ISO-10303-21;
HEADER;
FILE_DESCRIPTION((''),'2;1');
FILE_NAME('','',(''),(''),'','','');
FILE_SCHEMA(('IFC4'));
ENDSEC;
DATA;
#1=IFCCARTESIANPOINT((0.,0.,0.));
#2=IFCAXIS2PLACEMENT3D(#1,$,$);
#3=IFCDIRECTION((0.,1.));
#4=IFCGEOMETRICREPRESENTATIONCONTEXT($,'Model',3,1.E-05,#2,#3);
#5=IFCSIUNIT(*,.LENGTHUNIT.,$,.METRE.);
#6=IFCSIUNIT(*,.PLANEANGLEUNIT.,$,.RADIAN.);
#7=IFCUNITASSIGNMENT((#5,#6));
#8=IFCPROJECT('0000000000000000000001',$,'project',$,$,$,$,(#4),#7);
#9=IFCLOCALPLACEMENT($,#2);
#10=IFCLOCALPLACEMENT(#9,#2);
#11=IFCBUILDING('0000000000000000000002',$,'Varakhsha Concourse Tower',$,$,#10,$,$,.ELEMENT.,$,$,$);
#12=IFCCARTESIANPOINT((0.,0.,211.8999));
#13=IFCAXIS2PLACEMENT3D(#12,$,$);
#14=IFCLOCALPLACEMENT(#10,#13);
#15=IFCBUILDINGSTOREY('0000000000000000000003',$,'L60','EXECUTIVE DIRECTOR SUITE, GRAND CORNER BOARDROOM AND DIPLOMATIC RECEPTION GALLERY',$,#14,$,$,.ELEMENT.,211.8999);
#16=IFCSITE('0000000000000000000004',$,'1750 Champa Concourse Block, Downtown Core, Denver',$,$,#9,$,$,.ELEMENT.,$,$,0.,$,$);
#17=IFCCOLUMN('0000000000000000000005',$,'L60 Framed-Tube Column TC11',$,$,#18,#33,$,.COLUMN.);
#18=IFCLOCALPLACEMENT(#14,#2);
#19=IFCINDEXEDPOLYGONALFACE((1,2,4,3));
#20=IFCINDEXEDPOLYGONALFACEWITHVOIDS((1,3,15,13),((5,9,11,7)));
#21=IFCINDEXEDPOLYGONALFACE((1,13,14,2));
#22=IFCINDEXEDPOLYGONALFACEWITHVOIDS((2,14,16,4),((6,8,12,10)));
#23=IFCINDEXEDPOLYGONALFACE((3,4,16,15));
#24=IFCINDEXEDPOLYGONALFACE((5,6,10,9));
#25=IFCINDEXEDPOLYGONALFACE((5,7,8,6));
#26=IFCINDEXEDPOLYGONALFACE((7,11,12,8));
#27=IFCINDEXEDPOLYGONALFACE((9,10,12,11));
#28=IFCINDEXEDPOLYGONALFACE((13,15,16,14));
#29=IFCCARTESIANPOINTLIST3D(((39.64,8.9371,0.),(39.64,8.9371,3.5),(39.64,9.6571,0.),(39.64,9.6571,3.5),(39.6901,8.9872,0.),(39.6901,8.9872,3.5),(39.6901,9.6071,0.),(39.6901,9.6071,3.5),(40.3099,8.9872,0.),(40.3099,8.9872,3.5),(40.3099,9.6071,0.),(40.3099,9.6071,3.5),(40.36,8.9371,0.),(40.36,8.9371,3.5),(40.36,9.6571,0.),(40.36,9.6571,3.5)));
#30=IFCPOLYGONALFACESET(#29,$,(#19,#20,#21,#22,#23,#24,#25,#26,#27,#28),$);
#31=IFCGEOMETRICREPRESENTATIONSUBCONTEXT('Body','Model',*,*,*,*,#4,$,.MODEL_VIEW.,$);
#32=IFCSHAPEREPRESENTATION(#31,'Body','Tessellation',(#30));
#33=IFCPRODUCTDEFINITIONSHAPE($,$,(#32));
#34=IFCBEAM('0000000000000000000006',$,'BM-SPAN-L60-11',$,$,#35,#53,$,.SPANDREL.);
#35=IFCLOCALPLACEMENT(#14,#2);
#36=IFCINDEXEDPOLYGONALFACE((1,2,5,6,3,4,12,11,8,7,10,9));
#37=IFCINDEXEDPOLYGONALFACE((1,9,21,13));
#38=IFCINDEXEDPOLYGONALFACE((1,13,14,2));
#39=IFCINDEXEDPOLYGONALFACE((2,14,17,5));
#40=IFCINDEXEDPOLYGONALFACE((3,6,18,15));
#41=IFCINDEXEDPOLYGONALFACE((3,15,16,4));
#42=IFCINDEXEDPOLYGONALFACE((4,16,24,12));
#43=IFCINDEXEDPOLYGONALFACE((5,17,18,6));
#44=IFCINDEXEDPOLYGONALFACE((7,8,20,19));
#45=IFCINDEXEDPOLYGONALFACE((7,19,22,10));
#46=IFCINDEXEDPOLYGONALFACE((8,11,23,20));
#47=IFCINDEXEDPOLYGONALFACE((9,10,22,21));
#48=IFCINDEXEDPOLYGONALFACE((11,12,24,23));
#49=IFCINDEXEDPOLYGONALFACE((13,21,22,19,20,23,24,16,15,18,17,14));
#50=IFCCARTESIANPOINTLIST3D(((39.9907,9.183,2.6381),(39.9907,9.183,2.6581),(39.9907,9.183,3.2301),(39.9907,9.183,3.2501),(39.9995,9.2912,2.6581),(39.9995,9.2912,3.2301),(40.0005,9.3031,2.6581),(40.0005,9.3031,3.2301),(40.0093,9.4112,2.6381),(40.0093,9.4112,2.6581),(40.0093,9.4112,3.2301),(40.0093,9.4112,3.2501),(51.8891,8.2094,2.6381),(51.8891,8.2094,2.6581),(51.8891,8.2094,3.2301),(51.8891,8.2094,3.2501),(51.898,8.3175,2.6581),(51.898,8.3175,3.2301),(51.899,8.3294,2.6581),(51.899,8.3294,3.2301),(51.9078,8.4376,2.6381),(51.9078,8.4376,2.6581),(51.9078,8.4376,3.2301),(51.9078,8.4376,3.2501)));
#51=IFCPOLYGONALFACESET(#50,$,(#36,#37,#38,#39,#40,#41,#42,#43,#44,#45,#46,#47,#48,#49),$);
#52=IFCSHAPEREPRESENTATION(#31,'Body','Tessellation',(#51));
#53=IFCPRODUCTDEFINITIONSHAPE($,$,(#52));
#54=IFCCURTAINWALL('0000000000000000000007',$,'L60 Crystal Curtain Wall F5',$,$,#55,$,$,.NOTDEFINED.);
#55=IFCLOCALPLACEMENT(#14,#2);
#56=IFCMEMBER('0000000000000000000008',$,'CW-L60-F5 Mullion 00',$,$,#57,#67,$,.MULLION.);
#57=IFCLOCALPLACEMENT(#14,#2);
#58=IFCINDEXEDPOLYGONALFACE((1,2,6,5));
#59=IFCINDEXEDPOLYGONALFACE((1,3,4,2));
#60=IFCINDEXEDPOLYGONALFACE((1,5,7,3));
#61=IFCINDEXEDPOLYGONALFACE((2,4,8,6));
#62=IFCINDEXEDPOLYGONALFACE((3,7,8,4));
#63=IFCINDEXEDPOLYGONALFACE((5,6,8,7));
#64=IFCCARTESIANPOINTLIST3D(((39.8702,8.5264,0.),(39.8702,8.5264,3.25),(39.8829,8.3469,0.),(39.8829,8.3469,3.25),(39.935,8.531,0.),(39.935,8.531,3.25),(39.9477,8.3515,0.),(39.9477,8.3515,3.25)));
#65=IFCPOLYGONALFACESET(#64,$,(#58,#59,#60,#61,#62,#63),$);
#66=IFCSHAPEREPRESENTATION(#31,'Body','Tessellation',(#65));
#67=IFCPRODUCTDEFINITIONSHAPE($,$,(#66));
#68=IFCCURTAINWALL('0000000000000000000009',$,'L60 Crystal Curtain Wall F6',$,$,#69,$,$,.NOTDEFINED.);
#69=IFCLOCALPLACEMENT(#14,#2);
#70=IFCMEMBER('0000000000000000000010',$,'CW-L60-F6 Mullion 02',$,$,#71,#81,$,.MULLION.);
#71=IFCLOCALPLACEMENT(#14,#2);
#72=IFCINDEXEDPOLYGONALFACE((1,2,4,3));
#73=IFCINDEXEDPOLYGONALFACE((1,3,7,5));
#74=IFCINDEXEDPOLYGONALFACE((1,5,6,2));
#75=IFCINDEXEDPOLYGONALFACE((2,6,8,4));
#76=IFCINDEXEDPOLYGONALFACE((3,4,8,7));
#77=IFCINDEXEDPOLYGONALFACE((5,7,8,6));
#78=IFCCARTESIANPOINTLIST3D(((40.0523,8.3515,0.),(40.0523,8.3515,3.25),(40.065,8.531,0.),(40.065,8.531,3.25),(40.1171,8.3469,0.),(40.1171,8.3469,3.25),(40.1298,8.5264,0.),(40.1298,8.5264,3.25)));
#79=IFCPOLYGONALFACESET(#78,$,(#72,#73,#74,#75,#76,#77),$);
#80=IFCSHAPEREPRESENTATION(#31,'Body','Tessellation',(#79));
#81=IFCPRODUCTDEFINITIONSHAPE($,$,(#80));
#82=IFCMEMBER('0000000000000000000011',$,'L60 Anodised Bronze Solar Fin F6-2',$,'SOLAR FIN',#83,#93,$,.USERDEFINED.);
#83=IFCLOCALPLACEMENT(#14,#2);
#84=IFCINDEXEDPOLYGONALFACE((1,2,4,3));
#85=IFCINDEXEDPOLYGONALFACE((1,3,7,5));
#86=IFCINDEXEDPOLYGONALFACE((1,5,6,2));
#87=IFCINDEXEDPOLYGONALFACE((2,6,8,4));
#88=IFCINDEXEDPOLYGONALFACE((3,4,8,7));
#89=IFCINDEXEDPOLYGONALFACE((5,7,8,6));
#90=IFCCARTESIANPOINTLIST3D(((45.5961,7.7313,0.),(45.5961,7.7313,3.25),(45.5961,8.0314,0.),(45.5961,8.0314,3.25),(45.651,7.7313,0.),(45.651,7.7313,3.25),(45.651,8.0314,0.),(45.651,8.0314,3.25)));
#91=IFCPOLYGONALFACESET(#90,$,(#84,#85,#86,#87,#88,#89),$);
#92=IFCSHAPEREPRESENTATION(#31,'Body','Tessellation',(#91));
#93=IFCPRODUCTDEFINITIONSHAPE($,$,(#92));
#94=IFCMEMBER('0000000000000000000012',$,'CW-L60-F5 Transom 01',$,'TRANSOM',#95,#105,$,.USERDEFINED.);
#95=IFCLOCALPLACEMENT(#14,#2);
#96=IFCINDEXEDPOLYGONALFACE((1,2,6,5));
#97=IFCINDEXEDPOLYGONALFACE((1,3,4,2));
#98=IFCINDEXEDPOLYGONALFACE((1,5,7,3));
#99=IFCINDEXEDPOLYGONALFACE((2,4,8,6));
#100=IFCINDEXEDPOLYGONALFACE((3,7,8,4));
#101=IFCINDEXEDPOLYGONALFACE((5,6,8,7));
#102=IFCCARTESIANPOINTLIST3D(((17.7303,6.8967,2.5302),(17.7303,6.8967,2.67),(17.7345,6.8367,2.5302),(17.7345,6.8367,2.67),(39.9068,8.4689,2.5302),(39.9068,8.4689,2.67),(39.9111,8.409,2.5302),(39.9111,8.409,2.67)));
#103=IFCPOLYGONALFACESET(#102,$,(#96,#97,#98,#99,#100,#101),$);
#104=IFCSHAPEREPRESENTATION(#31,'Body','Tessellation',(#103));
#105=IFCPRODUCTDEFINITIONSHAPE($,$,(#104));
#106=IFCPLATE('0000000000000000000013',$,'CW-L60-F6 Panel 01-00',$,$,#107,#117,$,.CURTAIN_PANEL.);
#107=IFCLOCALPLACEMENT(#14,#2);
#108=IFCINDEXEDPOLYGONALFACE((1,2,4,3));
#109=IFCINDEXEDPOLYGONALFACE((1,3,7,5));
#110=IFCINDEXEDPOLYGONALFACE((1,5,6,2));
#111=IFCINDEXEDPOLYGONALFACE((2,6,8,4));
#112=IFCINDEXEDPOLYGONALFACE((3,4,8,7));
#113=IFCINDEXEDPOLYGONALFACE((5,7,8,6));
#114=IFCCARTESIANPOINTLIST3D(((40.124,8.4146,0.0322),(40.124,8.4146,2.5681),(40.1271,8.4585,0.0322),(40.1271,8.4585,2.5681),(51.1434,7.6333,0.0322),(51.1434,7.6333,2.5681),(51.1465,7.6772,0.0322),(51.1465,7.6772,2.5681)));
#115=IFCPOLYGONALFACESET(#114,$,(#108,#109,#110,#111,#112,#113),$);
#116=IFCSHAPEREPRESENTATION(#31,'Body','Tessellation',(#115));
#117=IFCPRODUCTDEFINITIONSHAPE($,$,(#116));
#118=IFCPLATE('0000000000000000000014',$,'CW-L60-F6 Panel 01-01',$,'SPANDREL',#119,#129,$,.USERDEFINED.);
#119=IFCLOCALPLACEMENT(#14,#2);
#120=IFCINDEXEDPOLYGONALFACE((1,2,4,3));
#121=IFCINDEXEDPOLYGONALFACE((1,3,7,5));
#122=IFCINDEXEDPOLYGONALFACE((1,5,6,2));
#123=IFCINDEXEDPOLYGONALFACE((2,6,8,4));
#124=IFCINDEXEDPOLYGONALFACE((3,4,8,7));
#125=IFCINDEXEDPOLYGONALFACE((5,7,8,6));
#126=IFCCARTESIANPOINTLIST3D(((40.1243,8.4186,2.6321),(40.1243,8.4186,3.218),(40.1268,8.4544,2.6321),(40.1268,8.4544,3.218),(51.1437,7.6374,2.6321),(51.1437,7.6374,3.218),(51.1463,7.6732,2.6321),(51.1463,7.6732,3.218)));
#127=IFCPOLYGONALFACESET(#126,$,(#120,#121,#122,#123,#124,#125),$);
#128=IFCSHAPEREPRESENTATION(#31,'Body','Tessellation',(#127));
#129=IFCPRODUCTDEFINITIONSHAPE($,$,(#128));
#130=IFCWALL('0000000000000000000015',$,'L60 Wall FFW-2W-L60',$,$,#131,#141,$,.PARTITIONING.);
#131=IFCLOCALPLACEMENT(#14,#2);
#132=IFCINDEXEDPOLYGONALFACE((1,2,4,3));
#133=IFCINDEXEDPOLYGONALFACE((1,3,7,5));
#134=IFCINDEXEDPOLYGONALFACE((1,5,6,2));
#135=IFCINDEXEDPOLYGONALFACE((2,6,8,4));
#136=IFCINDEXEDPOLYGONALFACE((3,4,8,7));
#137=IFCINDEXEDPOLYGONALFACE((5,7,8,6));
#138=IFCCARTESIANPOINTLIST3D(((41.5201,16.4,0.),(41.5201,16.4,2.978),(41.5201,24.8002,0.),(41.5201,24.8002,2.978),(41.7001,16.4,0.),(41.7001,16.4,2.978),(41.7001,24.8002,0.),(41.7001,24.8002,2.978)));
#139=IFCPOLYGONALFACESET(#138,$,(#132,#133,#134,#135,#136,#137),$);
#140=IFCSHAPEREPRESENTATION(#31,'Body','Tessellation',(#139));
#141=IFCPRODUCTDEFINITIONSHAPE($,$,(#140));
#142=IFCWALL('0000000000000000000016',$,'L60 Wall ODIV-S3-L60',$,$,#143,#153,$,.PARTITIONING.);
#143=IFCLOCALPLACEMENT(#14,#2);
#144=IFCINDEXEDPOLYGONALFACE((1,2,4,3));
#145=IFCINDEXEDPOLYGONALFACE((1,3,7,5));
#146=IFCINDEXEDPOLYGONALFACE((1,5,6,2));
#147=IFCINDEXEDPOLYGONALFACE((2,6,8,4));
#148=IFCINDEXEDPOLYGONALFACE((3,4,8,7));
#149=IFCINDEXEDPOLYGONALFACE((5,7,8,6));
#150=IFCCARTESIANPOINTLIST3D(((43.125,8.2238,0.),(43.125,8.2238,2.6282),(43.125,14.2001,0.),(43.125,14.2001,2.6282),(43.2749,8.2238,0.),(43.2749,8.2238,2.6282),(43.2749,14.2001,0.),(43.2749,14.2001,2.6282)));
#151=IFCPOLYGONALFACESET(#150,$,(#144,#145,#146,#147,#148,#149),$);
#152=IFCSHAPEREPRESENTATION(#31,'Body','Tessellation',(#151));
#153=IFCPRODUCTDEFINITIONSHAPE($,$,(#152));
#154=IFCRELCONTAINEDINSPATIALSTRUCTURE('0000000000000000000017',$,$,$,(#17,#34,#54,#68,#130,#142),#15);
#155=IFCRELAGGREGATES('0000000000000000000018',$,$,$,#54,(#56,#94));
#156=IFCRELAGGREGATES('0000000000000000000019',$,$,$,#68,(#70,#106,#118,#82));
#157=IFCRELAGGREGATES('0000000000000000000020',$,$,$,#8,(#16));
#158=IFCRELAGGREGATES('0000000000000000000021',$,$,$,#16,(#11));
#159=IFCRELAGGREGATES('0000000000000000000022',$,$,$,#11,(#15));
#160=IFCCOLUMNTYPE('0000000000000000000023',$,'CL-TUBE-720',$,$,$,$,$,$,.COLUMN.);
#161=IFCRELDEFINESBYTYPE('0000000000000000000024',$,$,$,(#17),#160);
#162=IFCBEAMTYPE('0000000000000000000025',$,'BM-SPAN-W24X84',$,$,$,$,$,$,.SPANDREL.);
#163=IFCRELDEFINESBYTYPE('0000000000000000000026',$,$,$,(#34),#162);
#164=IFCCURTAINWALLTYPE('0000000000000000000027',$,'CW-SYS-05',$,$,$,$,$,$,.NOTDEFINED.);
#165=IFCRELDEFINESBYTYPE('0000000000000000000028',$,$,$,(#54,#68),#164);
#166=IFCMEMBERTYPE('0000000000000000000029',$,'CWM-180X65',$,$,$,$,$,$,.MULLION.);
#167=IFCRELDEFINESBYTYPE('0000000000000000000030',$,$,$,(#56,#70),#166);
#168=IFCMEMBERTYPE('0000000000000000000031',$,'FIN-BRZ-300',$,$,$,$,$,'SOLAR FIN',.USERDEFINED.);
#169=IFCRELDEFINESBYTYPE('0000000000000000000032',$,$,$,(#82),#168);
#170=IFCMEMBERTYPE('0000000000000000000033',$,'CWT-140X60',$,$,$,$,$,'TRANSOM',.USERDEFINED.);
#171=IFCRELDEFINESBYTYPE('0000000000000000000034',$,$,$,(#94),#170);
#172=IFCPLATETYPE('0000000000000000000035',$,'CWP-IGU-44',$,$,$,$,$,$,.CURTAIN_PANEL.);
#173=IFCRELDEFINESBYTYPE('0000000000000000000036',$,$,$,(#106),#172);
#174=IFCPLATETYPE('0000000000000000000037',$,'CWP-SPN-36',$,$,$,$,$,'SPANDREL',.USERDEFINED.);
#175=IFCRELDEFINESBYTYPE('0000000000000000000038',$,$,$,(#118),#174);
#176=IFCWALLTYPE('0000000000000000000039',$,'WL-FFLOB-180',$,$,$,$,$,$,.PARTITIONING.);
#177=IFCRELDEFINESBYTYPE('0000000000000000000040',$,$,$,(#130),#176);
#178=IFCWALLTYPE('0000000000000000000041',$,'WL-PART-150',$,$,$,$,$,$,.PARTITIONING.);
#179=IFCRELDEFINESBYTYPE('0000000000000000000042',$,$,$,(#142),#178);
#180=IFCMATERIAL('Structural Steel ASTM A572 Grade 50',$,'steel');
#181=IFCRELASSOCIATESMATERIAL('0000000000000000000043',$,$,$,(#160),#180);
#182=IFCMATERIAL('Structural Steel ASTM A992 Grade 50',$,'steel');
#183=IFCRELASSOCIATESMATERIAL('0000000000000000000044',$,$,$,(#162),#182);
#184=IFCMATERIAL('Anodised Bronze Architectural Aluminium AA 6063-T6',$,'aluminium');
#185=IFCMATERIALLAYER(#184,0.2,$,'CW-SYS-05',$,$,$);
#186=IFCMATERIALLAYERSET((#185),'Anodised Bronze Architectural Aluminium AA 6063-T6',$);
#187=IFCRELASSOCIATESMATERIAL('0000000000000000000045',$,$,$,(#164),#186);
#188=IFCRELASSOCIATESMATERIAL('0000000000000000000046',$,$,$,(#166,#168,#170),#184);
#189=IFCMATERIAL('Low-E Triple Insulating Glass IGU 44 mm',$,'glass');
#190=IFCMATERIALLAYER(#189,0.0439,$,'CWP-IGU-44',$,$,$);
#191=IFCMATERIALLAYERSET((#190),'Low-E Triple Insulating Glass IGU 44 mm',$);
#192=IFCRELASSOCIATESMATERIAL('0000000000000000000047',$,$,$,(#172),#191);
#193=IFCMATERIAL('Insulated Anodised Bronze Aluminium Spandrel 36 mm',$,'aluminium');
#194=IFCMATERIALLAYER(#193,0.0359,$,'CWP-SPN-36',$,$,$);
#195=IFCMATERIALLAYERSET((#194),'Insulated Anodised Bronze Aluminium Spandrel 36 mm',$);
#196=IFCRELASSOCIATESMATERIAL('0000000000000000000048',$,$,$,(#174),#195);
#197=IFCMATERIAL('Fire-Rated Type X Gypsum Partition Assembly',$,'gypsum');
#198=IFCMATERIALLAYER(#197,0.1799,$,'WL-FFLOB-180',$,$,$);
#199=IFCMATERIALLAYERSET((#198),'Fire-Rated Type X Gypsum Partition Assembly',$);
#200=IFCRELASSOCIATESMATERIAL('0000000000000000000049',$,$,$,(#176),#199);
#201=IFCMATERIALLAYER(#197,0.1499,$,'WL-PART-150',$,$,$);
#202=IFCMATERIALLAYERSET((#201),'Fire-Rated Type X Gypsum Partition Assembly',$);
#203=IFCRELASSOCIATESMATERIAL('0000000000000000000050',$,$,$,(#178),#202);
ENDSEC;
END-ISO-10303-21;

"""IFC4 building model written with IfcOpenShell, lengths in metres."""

from ifc_helpers import new_model, si_unit, direction, frame, frame_2d, origin, origin_2d, place, context, subcontext, project, spatial, rectangle, hollow_rectangle, i_section, extrude, source, transform, mapped, material, layer, layer_set, material_profile, profile_set, type_object, type_shapes, element, aggregate, save


model = new_model("IFC4")

# Units and contexts
model_context = context("Model", 3, precision=1e-05, world=origin(), true_north=direction((0.0, 1.0)))
body_context = subcontext(model_context, "Body", "Model", "MODEL_VIEW")
ifc_project = project(units=[si_unit("LENGTHUNIT", "METRE"), si_unit("PLANEANGLEUNIT", "RADIAN")], contexts=[model_context])

# Site, building, storey
site_placement = place(None, origin())
site = spatial("IfcSite", under=ifc_project, at=site_placement, Name="1750 Champa Concourse Block, Downtown Core, Denver", CompositionType="ELEMENT", RefElevation=0.0)
building_placement = place(site_placement, origin())
building = spatial("IfcBuilding", under=site, at=building_placement, Name="Varakhsha Concourse Tower", CompositionType="ELEMENT")
storey_placement = place(building_placement, frame((0.0, 0.0, 211.8999)))
storey = spatial("IfcBuildingStorey", under=building, at=storey_placement, Name="L60", Description="EXECUTIVE DIRECTOR SUITE, GRAND CORNER BOARDROOM AND DIPLOMATIC RECEPTION GALLERY", CompositionType="ELEMENT", Elevation=211.8999)

# Column
ifc_material_1 = material(Name="Structural Steel ASTM A572 Grade 50", Category="steel")
ifc_material_profile_1 = material_profile(ifc_material_1, hollow_rectangle(XDim=0.72, YDim=0.72, WallThickness=0.05, at=origin_2d()), Name="BOX 720x720x50")
ifc_profile_set_1 = profile_set([ifc_material_profile_1], Name="Structural Steel ASTM A572 Grade 50")
column_type = type_object("IfcColumnType", Name="CL-TUBE-720", PredefinedType="COLUMN", material=ifc_profile_set_1)
column_placement = place(storey_placement, frame((40.0, 9.2971, 0.0), z_axis=(0.0, 0.0, 1.0), x_axis=(1.0, 0.0, 0.0)))
element("IfcColumn", 1, at=column_placement, inside=storey, type_object=column_type, Name="L60 Framed-Tube Column TC11", PredefinedType="COLUMN", context=body_context, shape_type="SweptSolid", body=[
    extrude(hollow_rectangle(XDim=0.72, YDim=0.72, WallThickness=0.05, at=origin_2d()), origin(), (0.0, 0.0, 1.0), 3.5),
])

# Beam
ifc_material_2 = material(Name="Structural Steel ASTM A992 Grade 50", Category="steel")
ifc_material_profile_2 = material_profile(ifc_material_2, i_section(OverallWidth=0.229, OverallDepth=0.6121, WebThickness=0.012, FlangeThickness=0.02, at=origin_2d()), Name="W24X84")
ifc_profile_set_2 = profile_set([ifc_material_profile_2], Name="Structural Steel ASTM A992 Grade 50")
beam_type = type_object("IfcBeamType", Name="BM-SPAN-W24X84", PredefinedType="SPANDREL", material=ifc_profile_set_2)
beam_placement = place(storey_placement, frame((40.0, 9.2971, 2.9441), z_axis=(0.996669, -0.081556, 0.0), x_axis=(0.081556, 0.996669, 0.0)))
element("IfcBeam", 2, at=beam_placement, inside=storey, type_object=beam_type, Name="BM-SPAN-L60-11", PredefinedType="SPANDREL", context=body_context, shape_type="SweptSolid", body=[
    extrude(i_section(OverallWidth=0.229, OverallDepth=0.6121, WebThickness=0.012, FlangeThickness=0.02, at=origin_2d()), origin(), (0.0, 0.0, 1.0), 11.9382),
])

# Curtain wall, member
ifc_material_3 = material(Name="Anodised Bronze Architectural Aluminium AA 6063-T6", Category="aluminium")
ifc_layer_1 = layer(ifc_material_3, 0.2, Name="CW-SYS-05")
ifc_layer_set_1 = layer_set([ifc_layer_1], Name="Anodised Bronze Architectural Aluminium AA 6063-T6")
curtain_wall_type = type_object("IfcCurtainWallType", Name="CW-SYS-05", PredefinedType="NOTDEFINED", material=ifc_layer_set_1)
curtain_wall_1_placement = place(storey_placement, origin())
curtain_wall_1 = element("IfcCurtainWall", 3, at=curtain_wall_1_placement, inside=storey, type_object=curtain_wall_type, Name="L60 Crystal Curtain Wall F5", PredefinedType="NOTDEFINED")
ifc_material_profile_3 = material_profile(ifc_material_3, rectangle(XDim=0.0649, YDim=0.1799, at=origin_2d()), Name="CWM-180X65")
ifc_profile_set_3 = profile_set([ifc_material_profile_3], Name="Anodised Bronze Architectural Aluminium AA 6063-T6")
member_type_1 = type_object("IfcMemberType", Name="CWM-180X65", PredefinedType="MULLION", material=ifc_profile_set_3)
shared_shape_1 = source(origin(), body_context, "Body", "SweptSolid", [
    extrude(rectangle(XDim=0.0649, YDim=0.1799, at=origin_2d()), origin(), (0.0, 0.0, 1.0), 3.25),
])
type_shapes(member_type_1, [shared_shape_1])
member_1_placement = place(storey_placement, frame((39.9089, 8.439, 0.0), z_axis=(0.0, 0.0, 1.0), x_axis=(-0.997496, -0.070723, 0.0)))
member_1 = element("IfcMember", 4, at=member_1_placement, type_object=member_type_1, Name="CW-L60-F5 Mullion 00", PredefinedType="MULLION", context=body_context, shape_type="MappedRepresentation", body=[
    mapped(shared_shape_1, transform((0.0, 0.0, 0.0), scale=1.0)),
])

# Curtain wall, members
curtain_wall_2_placement = place(storey_placement, origin())
curtain_wall_2 = element("IfcCurtainWall", 5, at=curtain_wall_2_placement, inside=storey, type_object=curtain_wall_type, Name="L60 Crystal Curtain Wall F6", PredefinedType="NOTDEFINED")
member_2_placement = place(storey_placement, frame((40.0911, 8.439, 0.0), z_axis=(0.0, 0.0, 1.0), x_axis=(-0.997496, 0.070723, 0.0)))
member_2 = element("IfcMember", 6, at=member_2_placement, type_object=member_type_1, Name="CW-L60-F6 Mullion 02", PredefinedType="MULLION", context=body_context, shape_type="MappedRepresentation", body=[
    mapped(shared_shape_1, transform((0.0, 0.0, 0.0), scale=1.0)),
])
ifc_material_profile_4 = material_profile(ifc_material_3, rectangle(XDim=0.0549, YDim=0.3, at=origin_2d()), Name="FIN-BRZ-300")
ifc_profile_set_4 = profile_set([ifc_material_profile_4], Name="Anodised Bronze Architectural Aluminium AA 6063-T6")
member_type_2 = type_object("IfcMemberType", Name="FIN-BRZ-300", ElementType="SOLAR FIN", PredefinedType="USERDEFINED", material=ifc_profile_set_4)
shared_shape_2 = source(origin(), body_context, "Body", "SweptSolid", [
    extrude(rectangle(XDim=0.0549, YDim=0.3, at=origin_2d()), origin(), (0.0, 0.0, 1.0), 3.25),
])
type_shapes(member_type_2, [shared_shape_2])
member_3_placement = place(storey_placement, frame((45.6235, 7.8813, 0.0), z_axis=(0.0, 0.0, 1.0), x_axis=(1.0, 0.0, 0.0)))
member_3 = element("IfcMember", 7, at=member_3_placement, type_object=member_type_2, Name="L60 Anodised Bronze Solar Fin F6-2", ObjectType="SOLAR FIN", PredefinedType="USERDEFINED", context=body_context, shape_type="MappedRepresentation", body=[
    mapped(shared_shape_2, transform((0.0, 0.0, 0.0), scale=1.0)),
])

# Member
ifc_material_profile_5 = material_profile(ifc_material_3, rectangle(XDim=0.0601, YDim=0.1399, at=origin_2d()), Name="CWT-140X60")
ifc_profile_set_5 = profile_set([ifc_material_profile_5], Name="Anodised Bronze Architectural Aluminium AA 6063-T6")
member_type_3 = type_object("IfcMemberType", Name="CWT-140X60", ElementType="TRANSOM", PredefinedType="USERDEFINED", material=ifc_profile_set_5)
shared_shape_3 = source(origin(), body_context, "Body", "SweptSolid", [
    extrude(rectangle(XDim=0.0601, YDim=0.1399, at=origin_2d()), origin(), (0.0, 0.0, 1.0), 22.2322),
])
type_shapes(member_type_3, [shared_shape_3])
member_4_placement = place(storey_placement, frame((39.9089, 8.439, 2.6001), z_axis=(-0.997496, -0.07072, 0.0), x_axis=(0.07072, -0.997496, 0.0)))
member_4 = element("IfcMember", 8, at=member_4_placement, type_object=member_type_3, Name="CW-L60-F5 Transom 01", ObjectType="TRANSOM", PredefinedType="USERDEFINED", context=body_context, shape_type="MappedRepresentation", body=[
    mapped(shared_shape_3, transform((0.0, 0.0, 0.0), scale=1.0)),
])
aggregate(curtain_wall_1, [member_1, member_4])

# Plates
ifc_material_4 = material(Name="Low-E Triple Insulating Glass IGU 44 mm", Category="glass")
ifc_layer_2 = layer(ifc_material_4, 0.0439, Name="CWP-IGU-44")
ifc_layer_set_2 = layer_set([ifc_layer_2], Name="Low-E Triple Insulating Glass IGU 44 mm")
plate_type_1 = type_object("IfcPlateType", Name="CWP-IGU-44", PredefinedType="CURTAIN_PANEL", material=ifc_layer_set_2)
shared_shape_4 = source(origin(), body_context, "Body", "SweptSolid", [
    extrude(rectangle(XDim=11.0471, YDim=0.0439, at=origin_2d()), origin(), (0.0, 0.0, 1.0), 2.5359),
])
type_shapes(plate_type_1, [shared_shape_4])
plate_1_placement = place(storey_placement, frame((45.6353, 8.0459, 0.0322), z_axis=(0.0, 0.0, 1.0), x_axis=(-0.997496, 0.070723, 0.0)))
plate_1 = element("IfcPlate", 9, at=plate_1_placement, type_object=plate_type_1, Name="CW-L60-F6 Panel 01-00", PredefinedType="CURTAIN_PANEL", context=body_context, shape_type="MappedRepresentation", body=[
    mapped(shared_shape_4, transform((0.0, 0.0, 0.0), scale=1.0)),
])
ifc_material_5 = material(Name="Insulated Anodised Bronze Aluminium Spandrel 36 mm", Category="aluminium")
ifc_layer_3 = layer(ifc_material_5, 0.0359, Name="CWP-SPN-36")
ifc_layer_set_3 = layer_set([ifc_layer_3], Name="Insulated Anodised Bronze Aluminium Spandrel 36 mm")
plate_type_2 = type_object("IfcPlateType", Name="CWP-SPN-36", ElementType="SPANDREL", PredefinedType="USERDEFINED", material=ifc_layer_set_3)
shared_shape_5 = source(origin(), body_context, "Body", "SweptSolid", [
    extrude(rectangle(XDim=11.0471, YDim=0.0359, at=origin_2d()), origin(), (0.0, 0.0, 1.0), 0.5859),
])
type_shapes(plate_type_2, [shared_shape_5])
plate_2_placement = place(storey_placement, frame((45.6353, 8.0459, 2.6321), z_axis=(0.0, 0.0, 1.0), x_axis=(-0.997496, 0.070723, 0.0)))
plate_2 = element("IfcPlate", 10, at=plate_2_placement, type_object=plate_type_2, Name="CW-L60-F6 Panel 01-01", ObjectType="SPANDREL", PredefinedType="USERDEFINED", context=body_context, shape_type="MappedRepresentation", body=[
    mapped(shared_shape_5, transform((0.0, 0.0, 0.0), scale=1.0)),
])
aggregate(curtain_wall_2, [member_2, plate_1, plate_2, member_3])

# Walls
ifc_material_6 = material(Name="Fire-Rated Type X Gypsum Partition Assembly", Category="gypsum")
ifc_layer_4 = layer(ifc_material_6, 0.1799, Name="WL-FFLOB-180")
ifc_layer_set_4 = layer_set([ifc_layer_4], Name="Fire-Rated Type X Gypsum Partition Assembly")
wall_type_1 = type_object("IfcWallType", Name="WL-FFLOB-180", PredefinedType="PARTITIONING", material=ifc_layer_set_4)
wall_1_placement = place(storey_placement, frame((41.6101, 16.3999, 0.0), z_axis=(0.0, 0.0, 1.0), x_axis=(0.0, 1.0, 0.0)))
element("IfcWall", 11, at=wall_1_placement, inside=storey, type_object=wall_type_1, Name="L60 Wall FFW-2W-L60", PredefinedType="PARTITIONING", context=body_context, shape_type="SweptSolid", body=[
    extrude(rectangle(XDim=8.4001, YDim=0.1799, at=frame_2d((4.2002, 0.0))), origin(), (0.0, 0.0, 1.0), 2.978),
])
ifc_layer_5 = layer(ifc_material_6, 0.1499, Name="WL-PART-150")
ifc_layer_set_5 = layer_set([ifc_layer_5], Name="Fire-Rated Type X Gypsum Partition Assembly")
wall_type_2 = type_object("IfcWallType", Name="WL-PART-150", PredefinedType="PARTITIONING", material=ifc_layer_set_5)
wall_2_placement = place(storey_placement, frame((43.2, 8.2236, 0.0), z_axis=(0.0, 0.0, 1.0), x_axis=(0.0, 1.0, 0.0)))
element("IfcWall", 12, at=wall_2_placement, inside=storey, type_object=wall_type_2, Name="L60 Wall ODIV-S3-L60", PredefinedType="PARTITIONING", context=body_context, shape_type="SweptSolid", body=[
    extrude(rectangle(XDim=5.9763, YDim=0.1499, at=frame_2d((2.9883, 0.0))), origin(), (0.0, 0.0, 1.0), 2.6282),
])

save(model, "model.ifc")
